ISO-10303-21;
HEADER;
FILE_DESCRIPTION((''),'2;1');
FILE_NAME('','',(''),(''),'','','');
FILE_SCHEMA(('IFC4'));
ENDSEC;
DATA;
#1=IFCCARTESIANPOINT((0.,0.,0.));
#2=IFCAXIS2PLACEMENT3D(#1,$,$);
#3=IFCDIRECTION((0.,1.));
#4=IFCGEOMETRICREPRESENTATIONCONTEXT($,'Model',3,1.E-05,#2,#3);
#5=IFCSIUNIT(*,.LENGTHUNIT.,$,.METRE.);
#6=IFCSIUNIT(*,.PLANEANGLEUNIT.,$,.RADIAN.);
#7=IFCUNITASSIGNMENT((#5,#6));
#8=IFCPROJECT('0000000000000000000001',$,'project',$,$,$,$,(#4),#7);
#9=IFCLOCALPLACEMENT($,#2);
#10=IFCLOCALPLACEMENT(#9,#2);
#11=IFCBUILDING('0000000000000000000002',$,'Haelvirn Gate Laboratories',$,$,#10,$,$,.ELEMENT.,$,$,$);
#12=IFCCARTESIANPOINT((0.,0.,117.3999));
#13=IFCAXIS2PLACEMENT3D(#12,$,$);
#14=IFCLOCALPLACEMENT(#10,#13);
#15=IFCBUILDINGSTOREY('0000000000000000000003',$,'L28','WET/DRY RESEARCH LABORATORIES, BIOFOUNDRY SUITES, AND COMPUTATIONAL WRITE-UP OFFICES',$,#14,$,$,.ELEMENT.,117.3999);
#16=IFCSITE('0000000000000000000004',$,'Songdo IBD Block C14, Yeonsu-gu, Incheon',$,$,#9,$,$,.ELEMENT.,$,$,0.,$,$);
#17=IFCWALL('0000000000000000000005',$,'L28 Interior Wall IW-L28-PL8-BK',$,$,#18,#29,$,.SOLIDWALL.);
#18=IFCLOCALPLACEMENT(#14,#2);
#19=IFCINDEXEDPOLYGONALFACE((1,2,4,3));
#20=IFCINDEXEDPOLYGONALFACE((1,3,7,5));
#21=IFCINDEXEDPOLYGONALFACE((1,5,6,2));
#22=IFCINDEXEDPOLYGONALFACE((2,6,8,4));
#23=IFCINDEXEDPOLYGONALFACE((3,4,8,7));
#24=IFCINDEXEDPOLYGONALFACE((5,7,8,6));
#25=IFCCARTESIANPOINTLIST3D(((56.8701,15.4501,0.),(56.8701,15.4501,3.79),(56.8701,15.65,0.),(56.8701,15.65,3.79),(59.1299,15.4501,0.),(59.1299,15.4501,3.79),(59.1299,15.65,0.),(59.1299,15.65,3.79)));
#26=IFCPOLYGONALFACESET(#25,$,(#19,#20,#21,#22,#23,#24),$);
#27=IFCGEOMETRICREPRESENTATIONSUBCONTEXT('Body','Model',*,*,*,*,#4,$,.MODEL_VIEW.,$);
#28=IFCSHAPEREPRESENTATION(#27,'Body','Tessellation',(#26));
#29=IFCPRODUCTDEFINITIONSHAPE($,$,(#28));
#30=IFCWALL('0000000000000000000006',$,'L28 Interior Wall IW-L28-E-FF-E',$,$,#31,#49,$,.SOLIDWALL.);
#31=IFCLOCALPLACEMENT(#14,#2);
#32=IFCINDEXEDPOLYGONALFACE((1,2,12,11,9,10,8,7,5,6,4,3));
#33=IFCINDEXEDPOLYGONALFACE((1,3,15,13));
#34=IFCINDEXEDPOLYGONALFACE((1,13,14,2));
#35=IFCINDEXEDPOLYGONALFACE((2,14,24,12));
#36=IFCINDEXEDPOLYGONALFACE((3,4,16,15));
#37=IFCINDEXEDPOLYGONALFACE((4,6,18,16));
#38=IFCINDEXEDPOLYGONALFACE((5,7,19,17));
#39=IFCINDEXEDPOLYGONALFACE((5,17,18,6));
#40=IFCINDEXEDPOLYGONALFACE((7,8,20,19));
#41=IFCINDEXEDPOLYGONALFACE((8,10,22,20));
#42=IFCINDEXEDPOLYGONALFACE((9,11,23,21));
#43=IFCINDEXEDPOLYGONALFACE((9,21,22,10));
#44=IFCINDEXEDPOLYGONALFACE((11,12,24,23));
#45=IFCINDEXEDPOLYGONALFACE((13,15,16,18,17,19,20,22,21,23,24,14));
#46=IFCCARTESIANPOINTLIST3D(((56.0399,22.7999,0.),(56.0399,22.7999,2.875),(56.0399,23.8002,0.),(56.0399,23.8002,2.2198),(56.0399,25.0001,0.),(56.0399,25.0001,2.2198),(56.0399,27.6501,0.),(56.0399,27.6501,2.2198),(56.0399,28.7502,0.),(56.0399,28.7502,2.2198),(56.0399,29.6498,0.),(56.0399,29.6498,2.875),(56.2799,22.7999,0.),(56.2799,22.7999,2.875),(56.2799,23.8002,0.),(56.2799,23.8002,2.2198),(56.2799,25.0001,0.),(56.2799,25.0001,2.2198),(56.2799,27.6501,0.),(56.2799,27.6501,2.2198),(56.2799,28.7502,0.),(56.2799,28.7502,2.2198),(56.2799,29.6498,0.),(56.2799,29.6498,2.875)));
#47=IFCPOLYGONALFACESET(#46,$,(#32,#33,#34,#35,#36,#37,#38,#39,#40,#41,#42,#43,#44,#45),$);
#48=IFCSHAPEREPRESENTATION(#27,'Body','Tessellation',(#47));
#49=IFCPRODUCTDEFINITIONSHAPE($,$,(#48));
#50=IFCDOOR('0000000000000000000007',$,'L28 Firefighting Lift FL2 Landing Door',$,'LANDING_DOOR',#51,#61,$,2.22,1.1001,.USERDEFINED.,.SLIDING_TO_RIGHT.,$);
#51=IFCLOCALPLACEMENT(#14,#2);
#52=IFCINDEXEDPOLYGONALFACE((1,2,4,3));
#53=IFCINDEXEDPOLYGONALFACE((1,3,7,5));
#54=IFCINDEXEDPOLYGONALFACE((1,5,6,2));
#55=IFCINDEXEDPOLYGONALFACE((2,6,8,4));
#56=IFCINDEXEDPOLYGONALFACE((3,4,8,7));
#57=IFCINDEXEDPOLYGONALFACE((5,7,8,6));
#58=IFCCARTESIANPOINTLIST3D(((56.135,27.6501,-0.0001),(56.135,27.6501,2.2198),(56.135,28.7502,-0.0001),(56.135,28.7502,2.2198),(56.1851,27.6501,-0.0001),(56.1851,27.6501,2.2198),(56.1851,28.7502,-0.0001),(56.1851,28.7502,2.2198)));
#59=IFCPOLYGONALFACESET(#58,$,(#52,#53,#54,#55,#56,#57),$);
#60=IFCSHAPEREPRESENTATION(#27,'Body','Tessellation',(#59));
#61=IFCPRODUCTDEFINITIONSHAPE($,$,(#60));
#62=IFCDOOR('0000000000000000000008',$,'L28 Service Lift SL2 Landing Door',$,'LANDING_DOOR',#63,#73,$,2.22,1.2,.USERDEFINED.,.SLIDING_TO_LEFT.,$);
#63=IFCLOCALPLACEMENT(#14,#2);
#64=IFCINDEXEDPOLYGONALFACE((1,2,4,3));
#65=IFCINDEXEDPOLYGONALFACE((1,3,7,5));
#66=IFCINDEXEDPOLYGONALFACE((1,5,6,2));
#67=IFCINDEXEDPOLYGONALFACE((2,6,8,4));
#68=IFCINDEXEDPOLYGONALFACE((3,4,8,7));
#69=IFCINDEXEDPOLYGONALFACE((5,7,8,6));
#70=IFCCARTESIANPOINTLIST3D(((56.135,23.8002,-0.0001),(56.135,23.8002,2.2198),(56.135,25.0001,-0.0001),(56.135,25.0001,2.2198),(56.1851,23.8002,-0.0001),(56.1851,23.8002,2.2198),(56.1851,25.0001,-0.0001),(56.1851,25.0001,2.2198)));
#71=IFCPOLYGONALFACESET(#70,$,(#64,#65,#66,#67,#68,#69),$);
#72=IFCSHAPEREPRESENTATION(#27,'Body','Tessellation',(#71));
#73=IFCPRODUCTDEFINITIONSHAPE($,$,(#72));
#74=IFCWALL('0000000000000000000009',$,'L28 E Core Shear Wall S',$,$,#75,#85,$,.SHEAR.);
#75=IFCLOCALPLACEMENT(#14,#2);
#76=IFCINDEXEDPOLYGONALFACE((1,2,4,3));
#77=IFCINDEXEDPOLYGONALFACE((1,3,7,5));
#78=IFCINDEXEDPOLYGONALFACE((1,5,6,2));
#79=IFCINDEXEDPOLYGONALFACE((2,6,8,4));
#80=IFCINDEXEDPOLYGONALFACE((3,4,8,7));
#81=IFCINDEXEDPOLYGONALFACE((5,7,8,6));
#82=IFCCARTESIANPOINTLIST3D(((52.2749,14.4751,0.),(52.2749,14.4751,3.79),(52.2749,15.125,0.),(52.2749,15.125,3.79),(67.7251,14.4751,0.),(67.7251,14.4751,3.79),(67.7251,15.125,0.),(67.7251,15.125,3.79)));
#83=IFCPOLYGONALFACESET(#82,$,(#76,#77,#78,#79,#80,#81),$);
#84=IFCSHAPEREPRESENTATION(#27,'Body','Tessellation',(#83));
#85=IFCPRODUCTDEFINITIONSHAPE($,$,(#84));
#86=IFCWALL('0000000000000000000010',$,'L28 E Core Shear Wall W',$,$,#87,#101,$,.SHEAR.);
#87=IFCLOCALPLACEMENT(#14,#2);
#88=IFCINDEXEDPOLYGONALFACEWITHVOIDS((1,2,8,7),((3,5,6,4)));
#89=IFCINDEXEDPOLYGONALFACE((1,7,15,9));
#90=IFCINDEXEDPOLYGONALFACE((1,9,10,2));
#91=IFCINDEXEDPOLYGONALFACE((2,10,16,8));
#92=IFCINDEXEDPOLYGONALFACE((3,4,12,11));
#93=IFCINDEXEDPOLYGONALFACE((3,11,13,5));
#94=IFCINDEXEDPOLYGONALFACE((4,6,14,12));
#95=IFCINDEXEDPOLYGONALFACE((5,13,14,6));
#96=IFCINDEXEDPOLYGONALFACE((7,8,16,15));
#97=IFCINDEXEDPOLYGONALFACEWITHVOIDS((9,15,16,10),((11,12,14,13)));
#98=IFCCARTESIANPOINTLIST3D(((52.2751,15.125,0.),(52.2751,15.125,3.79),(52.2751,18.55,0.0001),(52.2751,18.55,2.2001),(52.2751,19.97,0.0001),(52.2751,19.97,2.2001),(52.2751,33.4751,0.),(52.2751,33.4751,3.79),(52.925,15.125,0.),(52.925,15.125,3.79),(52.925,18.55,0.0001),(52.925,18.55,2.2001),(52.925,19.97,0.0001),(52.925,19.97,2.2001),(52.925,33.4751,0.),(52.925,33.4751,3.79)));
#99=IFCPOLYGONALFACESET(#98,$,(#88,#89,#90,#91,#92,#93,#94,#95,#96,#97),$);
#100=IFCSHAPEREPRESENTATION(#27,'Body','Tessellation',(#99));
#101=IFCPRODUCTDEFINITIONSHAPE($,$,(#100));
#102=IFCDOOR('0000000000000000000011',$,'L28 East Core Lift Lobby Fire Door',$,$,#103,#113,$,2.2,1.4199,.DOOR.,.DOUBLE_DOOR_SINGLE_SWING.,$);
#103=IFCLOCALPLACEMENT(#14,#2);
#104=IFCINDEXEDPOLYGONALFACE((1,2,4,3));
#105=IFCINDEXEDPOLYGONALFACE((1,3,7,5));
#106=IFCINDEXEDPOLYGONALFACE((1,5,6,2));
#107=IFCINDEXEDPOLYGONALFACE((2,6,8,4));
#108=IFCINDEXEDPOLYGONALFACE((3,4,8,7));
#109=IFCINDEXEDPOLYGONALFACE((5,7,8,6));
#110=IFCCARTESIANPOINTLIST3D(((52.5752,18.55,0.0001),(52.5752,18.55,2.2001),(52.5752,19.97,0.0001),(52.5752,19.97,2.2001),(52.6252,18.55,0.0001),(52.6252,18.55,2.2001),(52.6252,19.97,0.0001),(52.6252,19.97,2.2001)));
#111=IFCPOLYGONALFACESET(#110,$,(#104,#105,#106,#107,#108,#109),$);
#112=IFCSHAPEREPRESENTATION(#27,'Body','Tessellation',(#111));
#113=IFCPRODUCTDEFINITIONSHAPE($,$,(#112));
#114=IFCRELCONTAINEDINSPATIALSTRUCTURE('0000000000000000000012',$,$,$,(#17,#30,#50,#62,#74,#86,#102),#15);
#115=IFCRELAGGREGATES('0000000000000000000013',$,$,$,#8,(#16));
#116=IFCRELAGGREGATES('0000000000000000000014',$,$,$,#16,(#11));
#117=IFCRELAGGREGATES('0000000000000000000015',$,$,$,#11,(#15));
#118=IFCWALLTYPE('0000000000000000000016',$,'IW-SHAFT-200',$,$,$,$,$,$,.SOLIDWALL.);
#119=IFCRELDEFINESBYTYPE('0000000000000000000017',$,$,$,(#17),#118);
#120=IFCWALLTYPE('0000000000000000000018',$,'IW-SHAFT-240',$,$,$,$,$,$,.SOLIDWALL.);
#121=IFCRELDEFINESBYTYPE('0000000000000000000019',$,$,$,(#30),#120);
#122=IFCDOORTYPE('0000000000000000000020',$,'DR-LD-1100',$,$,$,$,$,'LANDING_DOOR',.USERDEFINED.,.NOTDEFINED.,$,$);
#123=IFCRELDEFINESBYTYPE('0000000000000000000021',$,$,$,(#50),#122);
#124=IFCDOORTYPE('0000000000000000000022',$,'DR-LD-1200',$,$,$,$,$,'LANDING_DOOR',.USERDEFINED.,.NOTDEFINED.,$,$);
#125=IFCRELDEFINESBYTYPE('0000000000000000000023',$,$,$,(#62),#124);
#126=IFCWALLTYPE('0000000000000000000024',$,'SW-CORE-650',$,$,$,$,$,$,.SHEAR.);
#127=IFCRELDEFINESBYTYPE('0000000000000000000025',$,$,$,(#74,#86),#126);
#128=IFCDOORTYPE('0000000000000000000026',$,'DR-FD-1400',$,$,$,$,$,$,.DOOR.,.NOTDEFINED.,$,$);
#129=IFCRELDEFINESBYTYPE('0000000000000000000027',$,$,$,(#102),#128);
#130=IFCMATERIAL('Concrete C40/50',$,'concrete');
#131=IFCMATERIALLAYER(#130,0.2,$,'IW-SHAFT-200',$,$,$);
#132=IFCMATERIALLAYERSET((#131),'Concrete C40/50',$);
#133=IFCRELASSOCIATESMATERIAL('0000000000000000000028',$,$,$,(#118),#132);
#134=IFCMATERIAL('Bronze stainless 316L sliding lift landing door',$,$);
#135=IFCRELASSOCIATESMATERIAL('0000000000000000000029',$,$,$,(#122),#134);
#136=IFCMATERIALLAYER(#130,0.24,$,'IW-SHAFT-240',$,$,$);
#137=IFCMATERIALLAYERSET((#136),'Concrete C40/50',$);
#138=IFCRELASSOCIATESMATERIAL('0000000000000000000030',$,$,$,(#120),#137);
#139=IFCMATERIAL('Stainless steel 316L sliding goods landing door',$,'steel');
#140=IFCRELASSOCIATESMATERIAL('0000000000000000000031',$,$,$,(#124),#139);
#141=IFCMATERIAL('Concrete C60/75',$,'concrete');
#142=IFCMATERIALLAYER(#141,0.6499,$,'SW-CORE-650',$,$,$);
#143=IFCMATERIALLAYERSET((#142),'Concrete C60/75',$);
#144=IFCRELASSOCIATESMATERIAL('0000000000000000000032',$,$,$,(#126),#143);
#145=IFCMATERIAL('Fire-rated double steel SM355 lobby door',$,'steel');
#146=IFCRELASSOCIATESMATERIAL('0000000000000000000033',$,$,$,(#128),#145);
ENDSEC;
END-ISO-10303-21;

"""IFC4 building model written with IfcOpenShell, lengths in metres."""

from ifc_helpers import new_model, si_unit, direction, frame, frame_2d, origin, place, context, subcontext, project, spatial, rectangle, extrude, source, transform, mapped, material, layer, layer_set, type_object, type_shapes, element, fill, save


model = new_model("IFC4")

# Units and contexts
model_context = context("Model", 3, precision=1e-05, world=origin(), true_north=direction((0.0, 1.0)))
body_context = subcontext(model_context, "Body", "Model", "MODEL_VIEW")
ifc_project = project(units=[si_unit("LENGTHUNIT", "METRE"), si_unit("PLANEANGLEUNIT", "RADIAN")], contexts=[model_context])

# Site, building, storey
site_placement = place(None, origin())
site = spatial("IfcSite", under=ifc_project, at=site_placement, Name="Songdo IBD Block C14, Yeonsu-gu, Incheon", CompositionType="ELEMENT", RefElevation=0.0)
building_placement = place(site_placement, origin())
building = spatial("IfcBuilding", under=site, at=building_placement, Name="Haelvirn Gate Laboratories", CompositionType="ELEMENT")
storey_placement = place(building_placement, frame((0.0, 0.0, 117.3999)))
storey = spatial("IfcBuildingStorey", under=building, at=storey_placement, Name="L28", Description="WET/DRY RESEARCH LABORATORIES, BIOFOUNDRY SUITES, AND COMPUTATIONAL WRITE-UP OFFICES", CompositionType="ELEMENT", Elevation=117.3999)

# Shared definitions
ifc_material_1 = material(Name="Concrete C60/75", Category="concrete")

# Shared definitions
ifc_material_2 = material(Name="Concrete C40/50", Category="concrete")
ifc_layer_1 = layer(ifc_material_2, 0.2, Name="IW-SHAFT-200")
ifc_layer_set_1 = layer_set([ifc_layer_1], Name="Concrete C40/50")
wall_type_1 = type_object("IfcWallType", Name="IW-SHAFT-200", PredefinedType="SOLIDWALL", material=ifc_layer_set_1)

# Shared definitions
ifc_material_3 = material(Name="Bronze stainless 316L sliding lift landing door")
door_type_1 = type_object("IfcDoorType", Name="DR-LD-1100", ElementType="LANDING_DOOR", OperationType="NOTDEFINED", PredefinedType="USERDEFINED", material=ifc_material_3)
shared_shape_1 = source(origin(), body_context, "Body", "SweptSolid", [
    extrude(rectangle(XDim=1.1001, YDim=2.22, at=frame_2d((0.55, 1.1099))), frame((0.0, 0.0249, 0.0), z_axis=(0.0, -1.0, 0.0), x_axis=(1.0, 0.0, 0.0)), (0.0, 0.0, 1.0), 0.05),
])
type_shapes(door_type_1, [shared_shape_1])

# Wall
wall_1_placement = place(storey_placement, frame((56.8701, 15.55, 0.0), z_axis=(0.0, 0.0, 1.0), x_axis=(1.0, 0.0, 0.0)))
element("IfcWall", 1, at=wall_1_placement, inside=storey, type_object=wall_type_1, Name="L28 Interior Wall IW-L28-PL8-BK", PredefinedType="SOLIDWALL", context=body_context, shape_type="SweptSolid", body=[
    extrude(rectangle(XDim=2.2598, YDim=0.2, at=frame_2d((1.1299, 0.0))), origin(), (0.0, 0.0, 1.0), 3.79),
])

# Wall, openings, doors
ifc_layer_2 = layer(ifc_material_2, 0.24, Name="IW-SHAFT-240")
ifc_layer_set_2 = layer_set([ifc_layer_2], Name="Concrete C40/50")
wall_type_2 = type_object("IfcWallType", Name="IW-SHAFT-240", PredefinedType="SOLIDWALL", material=ifc_layer_set_2)
wall_2_placement = place(storey_placement, frame((56.1599, 22.8, 0.0), z_axis=(0.0, 0.0, 1.0), x_axis=(0.0, 1.0, 0.0)))
wall_2 = element("IfcWall", 2, at=wall_2_placement, inside=storey, type_object=wall_type_2, Name="L28 Interior Wall IW-L28-E-FF-E", PredefinedType="SOLIDWALL", context=body_context, shape_type="SweptSolid", body=[
    extrude(rectangle(XDim=6.8499, YDim=0.24, at=frame_2d((3.4248, 0.0))), origin(), (0.0, 0.0, 1.0), 2.875),
])
opening_1_placement = place(wall_2_placement, frame((4.8501, 0.0, 0.0)))
opening_1 = element("IfcOpeningElement", 3, at=opening_1_placement, cuts=wall_2, PredefinedType="OPENING", context=body_context, shape_type="SweptSolid", body=[
    extrude(rectangle(XDim=1.1001, YDim=2.22, at=frame_2d((0.55, 1.1099))), frame((0.0, 0.1299, 0.0), z_axis=(0.0, -1.0, 0.0), x_axis=(1.0, 0.0, 0.0)), (0.0, 0.0, 1.0), 0.26),
])
opening_2_placement = place(wall_2_placement, frame((1.0, 0.0, 0.0)))
opening_2 = element("IfcOpeningElement", 4, at=opening_2_placement, cuts=wall_2, PredefinedType="OPENING", context=body_context, shape_type="SweptSolid", body=[
    extrude(rectangle(XDim=1.2, YDim=2.22, at=frame_2d((0.6001, 1.1099))), frame((0.0, 0.1299, 0.0), z_axis=(0.0, -1.0, 0.0), x_axis=(1.0, 0.0, 0.0)), (0.0, 0.0, 1.0), 0.26),
])
door_1_placement = place(opening_1_placement, origin())
door_1 = element("IfcDoor", 5, at=door_1_placement, inside=storey, type_object=door_type_1, Name="L28 Firefighting Lift FL2 Landing Door", ObjectType="LANDING_DOOR", OperationType="SLIDING_TO_RIGHT", OverallHeight=2.22, OverallWidth=1.1001, PredefinedType="USERDEFINED", context=body_context, shape_type="MappedRepresentation", body=[
    mapped(shared_shape_1, transform((0.0, 0.0, 0.0), scale=1.0)),
])
fill(opening_1, door_1)
ifc_material_4 = material(Name="Stainless steel 316L sliding goods landing door", Category="steel")
door_type_2 = type_object("IfcDoorType", Name="DR-LD-1200", ElementType="LANDING_DOOR", OperationType="NOTDEFINED", PredefinedType="USERDEFINED", material=ifc_material_4)
shared_shape_2 = source(origin(), body_context, "Body", "SweptSolid", [
    extrude(rectangle(XDim=1.2, YDim=2.22, at=frame_2d((0.6001, 1.1099))), frame((0.0, 0.0249, 0.0), z_axis=(0.0, -1.0, 0.0), x_axis=(1.0, 0.0, 0.0)), (0.0, 0.0, 1.0), 0.05),
])
type_shapes(door_type_2, [shared_shape_2])
door_2_placement = place(opening_2_placement, origin())
door_2 = element("IfcDoor", 6, at=door_2_placement, inside=storey, type_object=door_type_2, Name="L28 Service Lift SL2 Landing Door", ObjectType="LANDING_DOOR", OperationType="SLIDING_TO_LEFT", OverallHeight=2.22, OverallWidth=1.2, PredefinedType="USERDEFINED", context=body_context, shape_type="MappedRepresentation", body=[
    mapped(shared_shape_2, transform((0.0, 0.0, 0.0), scale=1.0)),
])
fill(opening_2, door_2)

# Wall
ifc_layer_3 = layer(ifc_material_1, 0.6499, Name="SW-CORE-650")
ifc_layer_set_3 = layer_set([ifc_layer_3], Name="Concrete C60/75")
wall_type_3 = type_object("IfcWallType", Name="SW-CORE-650", PredefinedType="SHEAR", material=ifc_layer_set_3)
wall_3_placement = place(storey_placement, frame((52.2749, 14.8, 0.0), z_axis=(0.0, 0.0, 1.0), x_axis=(1.0, 0.0, 0.0)))
element("IfcWall", 7, at=wall_3_placement, inside=storey, type_object=wall_type_3, Name="L28 E Core Shear Wall S", PredefinedType="SHEAR", context=body_context, shape_type="SweptSolid", body=[
    extrude(rectangle(XDim=15.4502, YDim=0.6499, at=frame_2d((7.7251, 0.0))), origin(), (0.0, 0.0, 1.0), 3.79),
])

# Wall, opening, door
wall_4_placement = place(storey_placement, frame((52.6001, 15.125, 0.0), z_axis=(0.0, 0.0, 1.0), x_axis=(0.0, 1.0, 0.0)))
wall_4 = element("IfcWall", 8, at=wall_4_placement, inside=storey, type_object=wall_type_3, Name="L28 E Core Shear Wall W", PredefinedType="SHEAR", context=body_context, shape_type="SweptSolid", body=[
    extrude(rectangle(XDim=18.3501, YDim=0.6499, at=frame_2d((9.175, 0.0))), origin(), (0.0, 0.0, 1.0), 3.79),
])
opening_3_placement = place(wall_4_placement, frame((3.425, 0.0, 0.0)))
opening_3 = element("IfcOpeningElement", 9, at=opening_3_placement, cuts=wall_4, PredefinedType="OPENING", context=body_context, shape_type="SweptSolid", body=[
    extrude(rectangle(XDim=1.4199, YDim=2.2, at=frame_2d((0.71, 1.1001))), frame((0.0, 0.335, 0.0), z_axis=(0.0, -1.0, 0.0), x_axis=(1.0, 0.0, 0.0)), (0.0, 0.0, 1.0), 0.6699),
])
ifc_material_5 = material(Name="Fire-rated double steel SM355 lobby door", Category="steel")
door_type_3 = type_object("IfcDoorType", Name="DR-FD-1400", OperationType="NOTDEFINED", PredefinedType="DOOR", material=ifc_material_5)
shared_shape_3 = source(origin(), body_context, "Body", "SweptSolid", [
    extrude(rectangle(XDim=1.4199, YDim=2.2, at=frame_2d((0.71, 1.1001))), frame((0.0, 0.0249, 0.0), z_axis=(0.0, -1.0, 0.0), x_axis=(1.0, 0.0, 0.0)), (0.0, 0.0, 1.0), 0.05),
])
type_shapes(door_type_3, [shared_shape_3])
door_3_placement = place(opening_3_placement, origin())
door_3 = element("IfcDoor", 10, at=door_3_placement, inside=storey, type_object=door_type_3, Name="L28 East Core Lift Lobby Fire Door", OperationType="DOUBLE_DOOR_SINGLE_SWING", OverallHeight=2.2, OverallWidth=1.4199, PredefinedType="DOOR", context=body_context, shape_type="MappedRepresentation", body=[
    mapped(shared_shape_3, transform((0.0, 0.0, 0.0), scale=1.0)),
])
fill(opening_3, door_3)

save(model, "model.ifc")
